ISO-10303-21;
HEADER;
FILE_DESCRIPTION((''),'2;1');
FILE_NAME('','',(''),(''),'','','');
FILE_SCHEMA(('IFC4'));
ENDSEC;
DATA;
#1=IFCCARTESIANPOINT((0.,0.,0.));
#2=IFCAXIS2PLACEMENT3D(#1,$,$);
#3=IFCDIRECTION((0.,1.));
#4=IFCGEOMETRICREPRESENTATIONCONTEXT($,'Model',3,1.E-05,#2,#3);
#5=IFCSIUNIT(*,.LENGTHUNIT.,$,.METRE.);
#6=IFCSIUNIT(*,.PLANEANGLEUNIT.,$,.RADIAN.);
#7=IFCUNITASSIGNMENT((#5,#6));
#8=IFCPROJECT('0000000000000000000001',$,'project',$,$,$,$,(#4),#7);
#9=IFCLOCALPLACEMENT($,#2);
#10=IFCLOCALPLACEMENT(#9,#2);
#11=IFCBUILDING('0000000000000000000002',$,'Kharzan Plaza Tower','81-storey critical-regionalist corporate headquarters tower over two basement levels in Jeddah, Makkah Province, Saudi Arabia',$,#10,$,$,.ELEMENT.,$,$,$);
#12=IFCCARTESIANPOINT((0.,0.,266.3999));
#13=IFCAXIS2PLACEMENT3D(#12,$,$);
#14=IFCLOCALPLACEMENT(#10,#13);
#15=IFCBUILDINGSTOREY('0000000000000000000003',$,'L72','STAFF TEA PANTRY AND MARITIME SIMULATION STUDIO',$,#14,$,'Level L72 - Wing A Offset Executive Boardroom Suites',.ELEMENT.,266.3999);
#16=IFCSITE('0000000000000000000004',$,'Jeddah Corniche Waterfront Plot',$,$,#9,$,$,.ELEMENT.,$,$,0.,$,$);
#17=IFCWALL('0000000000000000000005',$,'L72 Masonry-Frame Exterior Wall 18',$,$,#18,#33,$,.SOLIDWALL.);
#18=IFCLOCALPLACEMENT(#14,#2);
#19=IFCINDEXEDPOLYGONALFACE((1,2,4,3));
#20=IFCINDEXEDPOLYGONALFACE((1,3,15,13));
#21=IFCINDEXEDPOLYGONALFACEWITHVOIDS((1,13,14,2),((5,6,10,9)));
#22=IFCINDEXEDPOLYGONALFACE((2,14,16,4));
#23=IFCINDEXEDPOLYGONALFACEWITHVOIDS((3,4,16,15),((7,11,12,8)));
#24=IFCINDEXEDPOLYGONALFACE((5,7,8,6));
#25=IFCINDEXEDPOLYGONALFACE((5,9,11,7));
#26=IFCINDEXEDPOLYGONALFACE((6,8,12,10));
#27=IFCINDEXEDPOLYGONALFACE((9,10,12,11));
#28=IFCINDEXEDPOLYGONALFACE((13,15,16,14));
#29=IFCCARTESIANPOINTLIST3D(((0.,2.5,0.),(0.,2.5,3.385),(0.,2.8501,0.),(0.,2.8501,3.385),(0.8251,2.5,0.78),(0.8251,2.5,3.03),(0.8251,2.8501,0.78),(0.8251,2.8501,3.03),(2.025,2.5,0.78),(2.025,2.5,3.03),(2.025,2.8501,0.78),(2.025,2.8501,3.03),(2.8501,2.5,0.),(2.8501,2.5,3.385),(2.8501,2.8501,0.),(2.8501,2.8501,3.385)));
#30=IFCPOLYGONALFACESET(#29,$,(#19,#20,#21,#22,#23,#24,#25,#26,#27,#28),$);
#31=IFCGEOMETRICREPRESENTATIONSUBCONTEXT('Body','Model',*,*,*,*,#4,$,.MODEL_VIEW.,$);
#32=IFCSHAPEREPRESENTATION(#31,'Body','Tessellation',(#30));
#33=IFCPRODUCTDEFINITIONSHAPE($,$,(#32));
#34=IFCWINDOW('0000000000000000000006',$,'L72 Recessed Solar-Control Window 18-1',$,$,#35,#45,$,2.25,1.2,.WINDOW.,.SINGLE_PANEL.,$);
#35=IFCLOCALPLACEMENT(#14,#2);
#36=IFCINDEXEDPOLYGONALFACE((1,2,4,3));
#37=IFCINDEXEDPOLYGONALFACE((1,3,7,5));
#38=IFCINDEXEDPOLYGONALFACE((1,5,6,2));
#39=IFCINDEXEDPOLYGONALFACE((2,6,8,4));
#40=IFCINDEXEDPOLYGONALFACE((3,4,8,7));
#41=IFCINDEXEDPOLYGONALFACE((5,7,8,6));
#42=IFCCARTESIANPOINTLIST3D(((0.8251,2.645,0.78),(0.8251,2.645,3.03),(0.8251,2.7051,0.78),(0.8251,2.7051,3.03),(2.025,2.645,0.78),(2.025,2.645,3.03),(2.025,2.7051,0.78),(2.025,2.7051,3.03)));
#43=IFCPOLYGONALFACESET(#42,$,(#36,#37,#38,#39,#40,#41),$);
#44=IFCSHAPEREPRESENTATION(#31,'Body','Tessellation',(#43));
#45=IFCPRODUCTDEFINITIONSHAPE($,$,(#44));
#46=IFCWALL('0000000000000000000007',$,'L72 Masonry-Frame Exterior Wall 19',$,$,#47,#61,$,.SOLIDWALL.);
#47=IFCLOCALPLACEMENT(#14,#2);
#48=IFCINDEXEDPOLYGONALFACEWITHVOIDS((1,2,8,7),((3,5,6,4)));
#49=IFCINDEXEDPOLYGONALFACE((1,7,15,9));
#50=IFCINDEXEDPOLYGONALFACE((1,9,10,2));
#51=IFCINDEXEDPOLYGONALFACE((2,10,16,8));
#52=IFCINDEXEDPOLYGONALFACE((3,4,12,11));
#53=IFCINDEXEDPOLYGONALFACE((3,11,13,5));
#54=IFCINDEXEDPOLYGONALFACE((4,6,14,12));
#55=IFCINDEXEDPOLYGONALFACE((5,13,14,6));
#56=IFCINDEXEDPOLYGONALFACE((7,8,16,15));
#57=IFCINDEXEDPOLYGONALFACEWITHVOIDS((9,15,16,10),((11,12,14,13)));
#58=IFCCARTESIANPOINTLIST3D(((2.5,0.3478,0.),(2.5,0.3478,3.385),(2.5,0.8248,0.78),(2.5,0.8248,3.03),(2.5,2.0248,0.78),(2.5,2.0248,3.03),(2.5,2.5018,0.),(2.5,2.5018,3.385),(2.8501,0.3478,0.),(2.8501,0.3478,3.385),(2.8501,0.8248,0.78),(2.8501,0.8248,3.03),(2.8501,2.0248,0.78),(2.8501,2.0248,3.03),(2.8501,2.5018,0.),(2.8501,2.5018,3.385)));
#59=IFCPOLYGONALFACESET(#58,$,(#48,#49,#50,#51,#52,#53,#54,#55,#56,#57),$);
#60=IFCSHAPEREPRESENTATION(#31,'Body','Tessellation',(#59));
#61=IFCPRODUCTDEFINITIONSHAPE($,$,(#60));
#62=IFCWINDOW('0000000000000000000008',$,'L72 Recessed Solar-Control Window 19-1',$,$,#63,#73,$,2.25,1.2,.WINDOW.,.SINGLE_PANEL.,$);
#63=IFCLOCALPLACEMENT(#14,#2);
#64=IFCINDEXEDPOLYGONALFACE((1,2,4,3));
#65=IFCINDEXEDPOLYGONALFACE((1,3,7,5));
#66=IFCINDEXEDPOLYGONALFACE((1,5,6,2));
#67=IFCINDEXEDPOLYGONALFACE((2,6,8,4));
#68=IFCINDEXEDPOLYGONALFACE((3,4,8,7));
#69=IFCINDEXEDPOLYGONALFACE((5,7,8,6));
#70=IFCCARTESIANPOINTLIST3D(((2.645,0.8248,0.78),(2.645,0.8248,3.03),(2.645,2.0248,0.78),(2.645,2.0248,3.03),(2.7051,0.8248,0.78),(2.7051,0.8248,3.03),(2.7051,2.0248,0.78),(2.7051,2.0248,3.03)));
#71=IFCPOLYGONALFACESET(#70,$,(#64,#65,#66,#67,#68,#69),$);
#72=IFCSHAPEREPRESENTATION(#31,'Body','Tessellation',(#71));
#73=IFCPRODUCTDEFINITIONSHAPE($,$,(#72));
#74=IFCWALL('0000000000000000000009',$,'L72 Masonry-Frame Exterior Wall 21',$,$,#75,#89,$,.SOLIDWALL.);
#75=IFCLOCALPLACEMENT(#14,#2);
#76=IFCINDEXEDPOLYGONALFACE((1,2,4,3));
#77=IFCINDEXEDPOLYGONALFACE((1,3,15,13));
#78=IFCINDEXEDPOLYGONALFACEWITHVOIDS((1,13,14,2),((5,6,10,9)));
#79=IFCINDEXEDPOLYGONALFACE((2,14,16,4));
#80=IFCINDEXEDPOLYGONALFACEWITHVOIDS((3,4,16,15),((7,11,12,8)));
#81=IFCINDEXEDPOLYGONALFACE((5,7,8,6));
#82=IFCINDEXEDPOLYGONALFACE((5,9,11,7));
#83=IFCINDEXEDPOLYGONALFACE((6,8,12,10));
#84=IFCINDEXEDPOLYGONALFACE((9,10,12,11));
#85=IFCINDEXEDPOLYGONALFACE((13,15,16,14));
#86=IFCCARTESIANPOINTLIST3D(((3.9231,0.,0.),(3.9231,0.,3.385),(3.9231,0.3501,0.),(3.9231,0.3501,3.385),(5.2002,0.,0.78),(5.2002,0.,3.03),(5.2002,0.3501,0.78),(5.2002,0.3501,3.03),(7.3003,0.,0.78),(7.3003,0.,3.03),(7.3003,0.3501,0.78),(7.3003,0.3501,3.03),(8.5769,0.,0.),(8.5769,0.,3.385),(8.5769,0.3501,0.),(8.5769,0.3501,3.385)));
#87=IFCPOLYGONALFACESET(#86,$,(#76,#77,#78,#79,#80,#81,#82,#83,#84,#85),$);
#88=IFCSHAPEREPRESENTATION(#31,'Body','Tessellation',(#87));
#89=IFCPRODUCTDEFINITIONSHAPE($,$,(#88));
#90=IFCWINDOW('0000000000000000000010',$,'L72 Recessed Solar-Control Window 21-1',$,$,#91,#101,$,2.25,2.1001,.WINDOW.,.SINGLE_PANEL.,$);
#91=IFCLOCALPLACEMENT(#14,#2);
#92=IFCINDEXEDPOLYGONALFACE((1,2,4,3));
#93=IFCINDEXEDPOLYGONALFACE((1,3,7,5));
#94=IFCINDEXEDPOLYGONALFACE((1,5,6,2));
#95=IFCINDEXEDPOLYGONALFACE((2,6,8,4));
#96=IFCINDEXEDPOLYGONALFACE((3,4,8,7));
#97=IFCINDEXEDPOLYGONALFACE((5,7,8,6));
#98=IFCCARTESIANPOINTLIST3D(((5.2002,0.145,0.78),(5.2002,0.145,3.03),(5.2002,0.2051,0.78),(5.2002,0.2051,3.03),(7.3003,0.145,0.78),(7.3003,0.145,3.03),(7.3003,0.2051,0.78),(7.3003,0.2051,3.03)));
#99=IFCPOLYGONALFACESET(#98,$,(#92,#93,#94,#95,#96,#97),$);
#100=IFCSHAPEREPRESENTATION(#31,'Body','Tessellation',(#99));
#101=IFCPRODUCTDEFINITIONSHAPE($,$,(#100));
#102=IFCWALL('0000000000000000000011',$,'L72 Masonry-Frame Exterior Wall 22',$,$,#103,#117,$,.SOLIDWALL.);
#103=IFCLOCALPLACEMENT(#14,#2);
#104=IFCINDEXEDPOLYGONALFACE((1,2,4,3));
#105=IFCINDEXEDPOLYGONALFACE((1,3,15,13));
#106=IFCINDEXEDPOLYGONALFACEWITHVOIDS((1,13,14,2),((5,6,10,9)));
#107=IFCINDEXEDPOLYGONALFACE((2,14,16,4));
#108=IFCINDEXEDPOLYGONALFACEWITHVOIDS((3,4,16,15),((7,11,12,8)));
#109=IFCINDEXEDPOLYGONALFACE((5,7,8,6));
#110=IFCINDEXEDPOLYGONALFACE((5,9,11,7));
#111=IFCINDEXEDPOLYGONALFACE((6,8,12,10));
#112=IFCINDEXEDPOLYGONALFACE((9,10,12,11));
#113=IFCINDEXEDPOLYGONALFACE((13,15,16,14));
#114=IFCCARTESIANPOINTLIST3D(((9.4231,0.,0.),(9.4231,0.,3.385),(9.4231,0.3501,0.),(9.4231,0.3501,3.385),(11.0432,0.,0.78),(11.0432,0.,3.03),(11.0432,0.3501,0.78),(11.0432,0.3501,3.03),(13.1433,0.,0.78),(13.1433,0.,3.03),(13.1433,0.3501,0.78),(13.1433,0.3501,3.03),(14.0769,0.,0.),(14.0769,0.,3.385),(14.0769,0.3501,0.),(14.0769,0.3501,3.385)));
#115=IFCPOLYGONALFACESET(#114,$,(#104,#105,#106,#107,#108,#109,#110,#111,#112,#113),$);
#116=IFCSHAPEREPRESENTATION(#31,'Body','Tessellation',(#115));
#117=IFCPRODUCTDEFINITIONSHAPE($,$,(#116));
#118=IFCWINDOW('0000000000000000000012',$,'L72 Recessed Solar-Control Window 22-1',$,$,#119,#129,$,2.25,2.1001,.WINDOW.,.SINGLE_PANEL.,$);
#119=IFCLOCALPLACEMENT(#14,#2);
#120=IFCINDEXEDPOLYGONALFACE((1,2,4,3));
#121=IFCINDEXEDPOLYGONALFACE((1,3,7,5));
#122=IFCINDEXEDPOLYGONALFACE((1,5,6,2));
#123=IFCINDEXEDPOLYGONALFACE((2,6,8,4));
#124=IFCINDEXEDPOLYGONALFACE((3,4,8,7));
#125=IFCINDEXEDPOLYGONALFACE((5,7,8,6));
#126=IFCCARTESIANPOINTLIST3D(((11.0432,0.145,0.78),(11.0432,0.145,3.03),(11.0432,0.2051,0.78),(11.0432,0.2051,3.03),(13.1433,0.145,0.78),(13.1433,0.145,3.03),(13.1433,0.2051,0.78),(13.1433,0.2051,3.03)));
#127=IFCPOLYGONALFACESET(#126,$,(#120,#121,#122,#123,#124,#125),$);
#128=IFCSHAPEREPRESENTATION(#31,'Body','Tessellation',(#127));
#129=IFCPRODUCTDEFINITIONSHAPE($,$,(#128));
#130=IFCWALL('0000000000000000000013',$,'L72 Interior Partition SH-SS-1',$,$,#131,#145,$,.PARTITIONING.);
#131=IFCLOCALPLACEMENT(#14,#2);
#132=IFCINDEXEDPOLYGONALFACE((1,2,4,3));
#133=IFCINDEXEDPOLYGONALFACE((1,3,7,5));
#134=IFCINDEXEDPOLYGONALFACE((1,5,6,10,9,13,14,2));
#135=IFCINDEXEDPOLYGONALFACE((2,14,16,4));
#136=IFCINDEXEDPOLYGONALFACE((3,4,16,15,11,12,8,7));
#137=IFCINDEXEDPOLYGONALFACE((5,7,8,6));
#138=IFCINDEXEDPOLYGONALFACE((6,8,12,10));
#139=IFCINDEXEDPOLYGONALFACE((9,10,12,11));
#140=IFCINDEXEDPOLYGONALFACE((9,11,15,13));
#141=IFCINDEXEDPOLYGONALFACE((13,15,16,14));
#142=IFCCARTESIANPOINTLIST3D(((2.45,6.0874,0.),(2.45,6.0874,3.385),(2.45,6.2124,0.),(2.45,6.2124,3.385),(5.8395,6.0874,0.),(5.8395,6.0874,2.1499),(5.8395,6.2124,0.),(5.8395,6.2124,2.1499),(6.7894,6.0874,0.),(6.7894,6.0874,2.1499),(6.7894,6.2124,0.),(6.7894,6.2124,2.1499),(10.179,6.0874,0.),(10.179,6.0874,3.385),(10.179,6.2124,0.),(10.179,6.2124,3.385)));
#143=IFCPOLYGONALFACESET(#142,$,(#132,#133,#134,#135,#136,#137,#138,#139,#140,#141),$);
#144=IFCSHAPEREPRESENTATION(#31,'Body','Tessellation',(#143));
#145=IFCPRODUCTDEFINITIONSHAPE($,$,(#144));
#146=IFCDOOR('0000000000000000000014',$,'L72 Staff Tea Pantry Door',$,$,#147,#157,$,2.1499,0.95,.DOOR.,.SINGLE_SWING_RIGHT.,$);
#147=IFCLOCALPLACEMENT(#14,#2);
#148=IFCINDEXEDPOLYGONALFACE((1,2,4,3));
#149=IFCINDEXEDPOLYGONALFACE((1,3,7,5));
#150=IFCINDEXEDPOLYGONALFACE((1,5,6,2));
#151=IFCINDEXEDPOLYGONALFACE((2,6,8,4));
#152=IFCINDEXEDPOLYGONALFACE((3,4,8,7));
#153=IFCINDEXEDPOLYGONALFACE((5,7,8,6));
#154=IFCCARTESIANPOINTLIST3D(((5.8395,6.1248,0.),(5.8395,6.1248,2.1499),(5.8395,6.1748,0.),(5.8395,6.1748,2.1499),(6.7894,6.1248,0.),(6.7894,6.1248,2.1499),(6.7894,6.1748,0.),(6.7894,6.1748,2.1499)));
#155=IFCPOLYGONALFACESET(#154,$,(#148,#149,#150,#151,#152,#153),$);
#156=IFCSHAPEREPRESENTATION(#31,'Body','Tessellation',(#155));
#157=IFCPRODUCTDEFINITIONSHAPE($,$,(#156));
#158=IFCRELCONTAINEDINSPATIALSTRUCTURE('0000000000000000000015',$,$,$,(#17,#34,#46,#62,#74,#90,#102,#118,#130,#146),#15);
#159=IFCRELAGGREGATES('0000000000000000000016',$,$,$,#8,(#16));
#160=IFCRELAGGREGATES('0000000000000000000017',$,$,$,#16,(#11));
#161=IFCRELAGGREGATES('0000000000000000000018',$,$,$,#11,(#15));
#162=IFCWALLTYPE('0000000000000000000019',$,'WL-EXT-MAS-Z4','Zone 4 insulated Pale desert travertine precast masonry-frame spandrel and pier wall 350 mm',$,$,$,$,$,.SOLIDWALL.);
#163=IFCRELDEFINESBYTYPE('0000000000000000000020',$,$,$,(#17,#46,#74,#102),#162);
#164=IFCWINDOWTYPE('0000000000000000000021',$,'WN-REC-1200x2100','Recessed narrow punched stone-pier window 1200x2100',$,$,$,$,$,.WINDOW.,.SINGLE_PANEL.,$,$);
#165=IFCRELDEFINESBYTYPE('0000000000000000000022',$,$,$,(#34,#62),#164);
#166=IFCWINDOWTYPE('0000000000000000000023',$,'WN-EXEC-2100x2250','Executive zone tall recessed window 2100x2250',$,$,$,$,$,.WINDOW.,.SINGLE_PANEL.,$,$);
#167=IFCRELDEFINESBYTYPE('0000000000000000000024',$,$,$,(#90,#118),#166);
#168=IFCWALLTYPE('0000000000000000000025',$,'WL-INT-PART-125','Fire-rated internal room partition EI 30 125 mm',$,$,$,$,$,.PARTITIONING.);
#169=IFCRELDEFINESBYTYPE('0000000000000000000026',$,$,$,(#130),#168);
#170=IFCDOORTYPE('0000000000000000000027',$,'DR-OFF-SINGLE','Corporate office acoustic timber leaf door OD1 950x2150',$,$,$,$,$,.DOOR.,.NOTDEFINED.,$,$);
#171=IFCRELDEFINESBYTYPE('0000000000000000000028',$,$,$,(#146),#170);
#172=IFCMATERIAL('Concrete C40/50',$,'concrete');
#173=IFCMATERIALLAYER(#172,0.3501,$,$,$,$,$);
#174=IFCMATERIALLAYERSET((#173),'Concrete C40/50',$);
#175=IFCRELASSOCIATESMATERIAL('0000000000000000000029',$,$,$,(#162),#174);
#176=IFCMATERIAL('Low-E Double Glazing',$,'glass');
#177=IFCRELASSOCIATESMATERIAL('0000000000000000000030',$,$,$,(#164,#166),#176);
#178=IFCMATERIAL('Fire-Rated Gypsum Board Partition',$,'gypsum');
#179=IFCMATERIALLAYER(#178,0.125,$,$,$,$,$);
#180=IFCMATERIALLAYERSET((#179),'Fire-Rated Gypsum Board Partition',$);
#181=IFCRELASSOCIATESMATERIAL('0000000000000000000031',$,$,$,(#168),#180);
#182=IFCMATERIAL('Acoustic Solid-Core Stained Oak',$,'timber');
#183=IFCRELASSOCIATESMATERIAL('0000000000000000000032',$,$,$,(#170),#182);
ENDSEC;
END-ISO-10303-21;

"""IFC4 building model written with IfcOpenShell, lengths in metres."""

from ifc_helpers import new_model, si_unit, direction, frame, frame_2d, origin, place, context, subcontext, project, spatial, rectangle, extrude, source, transform, mapped, material, layer, layer_set, type_object, element, fill, save


model = new_model("IFC4")

# Units and contexts
model_context = context("Model", 3, precision=1e-05, world=origin(), true_north=direction((0.0, 1.0)))
body_context = subcontext(model_context, "Body", "Model", "MODEL_VIEW")
ifc_project = project(units=[si_unit("LENGTHUNIT", "METRE"), si_unit("PLANEANGLEUNIT", "RADIAN")], contexts=[model_context])

# Site, building, storey
site_placement = place(None, origin())
site = spatial("IfcSite", under=ifc_project, at=site_placement, Name="Jeddah Corniche Waterfront Plot", CompositionType="ELEMENT", RefElevation=0.0)
building_placement = place(site_placement, origin())
building = spatial("IfcBuilding", under=site, at=building_placement, Name="Kharzan Plaza Tower", Description="81-storey critical-regionalist corporate headquarters tower over two basement levels in Jeddah, Makkah Province, Saudi Arabia", CompositionType="ELEMENT")
storey_placement = place(building_placement, frame((0.0, 0.0, 266.3999)))
storey = spatial("IfcBuildingStorey", under=building, at=storey_placement, Name="L72", Description="STAFF TEA PANTRY AND MARITIME SIMULATION STUDIO", LongName="Level L72 - Wing A Offset Executive Boardroom Suites", CompositionType="ELEMENT", Elevation=266.3999)

# Shared definitions
ifc_material_1 = material(Name="Concrete C40/50", Category="concrete")

# Walls, openings, windows
ifc_layer_1 = layer(ifc_material_1, 0.3501)
ifc_layer_set_1 = layer_set([ifc_layer_1], Name="Concrete C40/50")
wall_type_1 = type_object("IfcWallType", Name="WL-EXT-MAS-Z4", Description="Zone 4 insulated Pale desert travertine precast masonry-frame spandrel and pier wall 350 mm", PredefinedType="SOLIDWALL", material=ifc_layer_set_1)
ifc_material_2 = material(Name="Low-E Double Glazing", Category="glass")
window_type_1 = type_object("IfcWindowType", Name="WN-REC-1200x2100", Description="Recessed narrow punched stone-pier window 1200x2100", PartitioningType="SINGLE_PANEL", PredefinedType="WINDOW", material=ifc_material_2)
shared_shape_1 = source(origin(), body_context, "Body", "SweptSolid", [
    extrude(rectangle(XDim=1.2, YDim=2.25, at=frame_2d((0.6001, 1.125))), frame((0.0, 0.03, 0.0), z_axis=(0.0, -1.0, 0.0), x_axis=(1.0, 0.0, 0.0)), (0.0, 0.0, 1.0), 0.0601),
])
wall_1_placement = place(storey_placement, frame((0.0, 2.675, 0.0), z_axis=(0.0, 0.0, 1.0), x_axis=(1.0, 0.0, 0.0)))
wall_1 = element("IfcWall", 1, at=wall_1_placement, inside=storey, type_object=wall_type_1, Name="L72 Masonry-Frame Exterior Wall 18", PredefinedType="SOLIDWALL", context=body_context, shape_type="SweptSolid", body=[
    extrude(rectangle(XDim=2.8501, YDim=0.3501, at=frame_2d((1.425, 0.0))), origin(), (0.0, 0.0, 1.0), 3.385),
])
opening_1_placement = place(wall_1_placement, frame((0.825, 0.0, 0.78)))
opening_1 = element("IfcOpeningElement", 2, at=opening_1_placement, cuts=wall_1, PredefinedType="OPENING", context=body_context, shape_type="SweptSolid", body=[
    extrude(rectangle(XDim=1.2, YDim=2.25, at=frame_2d((0.6001, 1.125))), frame((0.0, 0.1851, 0.0), z_axis=(0.0, -1.0, 0.0), x_axis=(1.0, 0.0, 0.0)), (0.0, 0.0, 1.0), 0.3701),
])
window_1_placement = place(opening_1_placement, origin())
window_1 = element("IfcWindow", 3, at=window_1_placement, inside=storey, type_object=window_type_1, Name="L72 Recessed Solar-Control Window 18-1", OverallHeight=2.25, OverallWidth=1.2, PartitioningType="SINGLE_PANEL", PredefinedType="WINDOW", context=body_context, shape_type="MappedRepresentation", body=[
    mapped(shared_shape_1, transform((0.0, 0.0, 0.0), x_axis=(1.0, 0.0, 0.0), y_axis=(0.0, 1.0, 0.0), z_axis=(0.0, 0.0, 1.0))),
])
fill(opening_1, window_1)
wall_2_placement = place(storey_placement, frame((2.675, 2.502, 0.0), z_axis=(0.0, 0.0, 1.0), x_axis=(0.0, -1.0, 0.0)))
wall_2 = element("IfcWall", 4, at=wall_2_placement, inside=storey, type_object=wall_type_1, Name="L72 Masonry-Frame Exterior Wall 19", PredefinedType="SOLIDWALL", context=body_context, shape_type="SweptSolid", body=[
    extrude(rectangle(XDim=2.1541, YDim=0.3501, at=frame_2d((1.0771, 0.0))), origin(), (0.0, 0.0, 1.0), 3.385),
])
opening_2_placement = place(wall_2_placement, frame((0.4771, 0.0, 0.78)))
opening_2 = element("IfcOpeningElement", 5, at=opening_2_placement, cuts=wall_2, PredefinedType="OPENING", context=body_context, shape_type="SweptSolid", body=[
    extrude(rectangle(XDim=1.2, YDim=2.25, at=frame_2d((0.6001, 1.125))), frame((0.0, 0.1851, 0.0), z_axis=(0.0, -1.0, 0.0), x_axis=(1.0, 0.0, 0.0)), (0.0, 0.0, 1.0), 0.3701),
])
window_2_placement = place(opening_2_placement, origin())
window_2 = element("IfcWindow", 6, at=window_2_placement, inside=storey, type_object=window_type_1, Name="L72 Recessed Solar-Control Window 19-1", OverallHeight=2.25, OverallWidth=1.2, PartitioningType="SINGLE_PANEL", PredefinedType="WINDOW", context=body_context, shape_type="MappedRepresentation", body=[
    mapped(shared_shape_1, transform((0.0, 0.0, 0.0), x_axis=(1.0, 0.0, 0.0), y_axis=(0.0, 1.0, 0.0), z_axis=(0.0, 0.0, 1.0))),
])
fill(opening_2, window_2)
wall_3_placement = place(storey_placement, frame((3.9231, 0.175, 0.0), z_axis=(0.0, 0.0, 1.0), x_axis=(1.0, 0.0, 0.0)))
wall_3 = element("IfcWall", 7, at=wall_3_placement, inside=storey, type_object=wall_type_1, Name="L72 Masonry-Frame Exterior Wall 21", PredefinedType="SOLIDWALL", context=body_context, shape_type="SweptSolid", body=[
    extrude(rectangle(XDim=4.6538, YDim=0.3501, at=frame_2d((2.3269, 0.0))), origin(), (0.0, 0.0, 1.0), 3.385),
])
opening_3_placement = place(wall_3_placement, frame((1.2771, 0.0, 0.78)))
opening_3 = element("IfcOpeningElement", 8, at=opening_3_placement, cuts=wall_3, PredefinedType="OPENING", context=body_context, shape_type="SweptSolid", body=[
    extrude(rectangle(XDim=2.1001, YDim=2.25, at=frame_2d((1.05, 1.125))), frame((0.0, 0.1851, 0.0), z_axis=(0.0, -1.0, 0.0), x_axis=(1.0, 0.0, 0.0)), (0.0, 0.0, 1.0), 0.3701),
])
window_type_2 = type_object("IfcWindowType", Name="WN-EXEC-2100x2250", Description="Executive zone tall recessed window 2100x2250", PartitioningType="SINGLE_PANEL", PredefinedType="WINDOW", material=ifc_material_2)
shared_shape_2 = source(origin(), body_context, "Body", "SweptSolid", [
    extrude(rectangle(XDim=2.1001, YDim=2.25, at=frame_2d((1.05, 1.125))), frame((0.0, 0.03, 0.0), z_axis=(0.0, -1.0, 0.0), x_axis=(1.0, 0.0, 0.0)), (0.0, 0.0, 1.0), 0.0601),
])
window_3_placement = place(opening_3_placement, origin())
window_3 = element("IfcWindow", 9, at=window_3_placement, inside=storey, type_object=window_type_2, Name="L72 Recessed Solar-Control Window 21-1", OverallHeight=2.25, OverallWidth=2.1001, PartitioningType="SINGLE_PANEL", PredefinedType="WINDOW", context=body_context, shape_type="MappedRepresentation", body=[
    mapped(shared_shape_2, transform((0.0, 0.0, 0.0), x_axis=(1.0, 0.0, 0.0), y_axis=(0.0, 1.0, 0.0), z_axis=(0.0, 0.0, 1.0))),
])
fill(opening_3, window_3)
wall_4_placement = place(storey_placement, frame((9.4231, 0.175, 0.0), z_axis=(0.0, 0.0, 1.0), x_axis=(1.0, 0.0, 0.0)))
wall_4 = element("IfcWall", 10, at=wall_4_placement, inside=storey, type_object=wall_type_1, Name="L72 Masonry-Frame Exterior Wall 22", PredefinedType="SOLIDWALL", context=body_context, shape_type="SweptSolid", body=[
    extrude(rectangle(XDim=4.6538, YDim=0.3501, at=frame_2d((2.3269, 0.0))), origin(), (0.0, 0.0, 1.0), 3.385),
])
opening_4_placement = place(wall_4_placement, frame((1.6201, 0.0, 0.78)))
opening_4 = element("IfcOpeningElement", 11, at=opening_4_placement, cuts=wall_4, PredefinedType="OPENING", context=body_context, shape_type="SweptSolid", body=[
    extrude(rectangle(XDim=2.1001, YDim=2.25, at=frame_2d((1.05, 1.125))), frame((0.0, 0.1851, 0.0), z_axis=(0.0, -1.0, 0.0), x_axis=(1.0, 0.0, 0.0)), (0.0, 0.0, 1.0), 0.3701),
])
window_4_placement = place(opening_4_placement, origin())
window_4 = element("IfcWindow", 12, at=window_4_placement, inside=storey, type_object=window_type_2, Name="L72 Recessed Solar-Control Window 22-1", OverallHeight=2.25, OverallWidth=2.1001, PartitioningType="SINGLE_PANEL", PredefinedType="WINDOW", context=body_context, shape_type="MappedRepresentation", body=[
    mapped(shared_shape_2, transform((0.0, 0.0, 0.0), x_axis=(1.0, 0.0, 0.0), y_axis=(0.0, 1.0, 0.0), z_axis=(0.0, 0.0, 1.0))),
])
fill(opening_4, window_4)

# Wall, opening, door
ifc_material_3 = material(Name="Fire-Rated Gypsum Board Partition", Category="gypsum")
ifc_layer_2 = layer(ifc_material_3, 0.125)
ifc_layer_set_2 = layer_set([ifc_layer_2], Name="Fire-Rated Gypsum Board Partition")
wall_type_2 = type_object("IfcWallType", Name="WL-INT-PART-125", Description="Fire-rated internal room partition EI 30 125 mm", PredefinedType="PARTITIONING", material=ifc_layer_set_2)
wall_5_placement = place(storey_placement, frame((2.45, 6.1499, 0.0), z_axis=(0.0, 0.0, 1.0), x_axis=(1.0, 0.0, 0.0)))
wall_5 = element("IfcWall", 13, at=wall_5_placement, inside=storey, type_object=wall_type_2, Name="L72 Interior Partition SH-SS-1", PredefinedType="PARTITIONING", context=body_context, shape_type="SweptSolid", body=[
    extrude(rectangle(XDim=7.729, YDim=0.125, at=frame_2d((3.8645, 0.0))), origin(), (0.0, 0.0, 1.0), 3.385),
])
opening_5_placement = place(wall_5_placement, frame((3.3894, 0.0, 0.0)))
opening_5 = element("IfcOpeningElement", 14, at=opening_5_placement, cuts=wall_5, PredefinedType="OPENING", context=body_context, shape_type="SweptSolid", body=[
    extrude(rectangle(XDim=0.95, YDim=2.1499, at=frame_2d((0.4751, 1.075))), frame((0.0, 0.0725, 0.0), z_axis=(0.0, -1.0, 0.0), x_axis=(1.0, 0.0, 0.0)), (0.0, 0.0, 1.0), 0.145),
])
ifc_material_4 = material(Name="Acoustic Solid-Core Stained Oak", Category="timber")
door_type = type_object("IfcDoorType", Name="DR-OFF-SINGLE", Description="Corporate office acoustic timber leaf door OD1 950x2150", OperationType="NOTDEFINED", PredefinedType="DOOR", material=ifc_material_4)
shared_shape_3 = source(origin(), body_context, "Body", "SweptSolid", [
    extrude(rectangle(XDim=0.95, YDim=2.1499, at=frame_2d((0.4751, 1.075))), frame((0.0, 0.0249, 0.0), z_axis=(0.0, -1.0, 0.0), x_axis=(1.0, 0.0, 0.0)), (0.0, 0.0, 1.0), 0.05),
])
door_1_placement = place(opening_5_placement, origin())
door_1 = element("IfcDoor", 15, at=door_1_placement, inside=storey, type_object=door_type, Name="L72 Staff Tea Pantry Door", OperationType="SINGLE_SWING_RIGHT", OverallHeight=2.1499, OverallWidth=0.95, PredefinedType="DOOR", context=body_context, shape_type="MappedRepresentation", body=[
    mapped(shared_shape_3, transform((0.0, 0.0, 0.0), x_axis=(1.0, 0.0, 0.0), y_axis=(0.0, 1.0, 0.0), z_axis=(0.0, 0.0, 1.0))),
])
fill(opening_5, door_1)

save(model, "model.ifc")
